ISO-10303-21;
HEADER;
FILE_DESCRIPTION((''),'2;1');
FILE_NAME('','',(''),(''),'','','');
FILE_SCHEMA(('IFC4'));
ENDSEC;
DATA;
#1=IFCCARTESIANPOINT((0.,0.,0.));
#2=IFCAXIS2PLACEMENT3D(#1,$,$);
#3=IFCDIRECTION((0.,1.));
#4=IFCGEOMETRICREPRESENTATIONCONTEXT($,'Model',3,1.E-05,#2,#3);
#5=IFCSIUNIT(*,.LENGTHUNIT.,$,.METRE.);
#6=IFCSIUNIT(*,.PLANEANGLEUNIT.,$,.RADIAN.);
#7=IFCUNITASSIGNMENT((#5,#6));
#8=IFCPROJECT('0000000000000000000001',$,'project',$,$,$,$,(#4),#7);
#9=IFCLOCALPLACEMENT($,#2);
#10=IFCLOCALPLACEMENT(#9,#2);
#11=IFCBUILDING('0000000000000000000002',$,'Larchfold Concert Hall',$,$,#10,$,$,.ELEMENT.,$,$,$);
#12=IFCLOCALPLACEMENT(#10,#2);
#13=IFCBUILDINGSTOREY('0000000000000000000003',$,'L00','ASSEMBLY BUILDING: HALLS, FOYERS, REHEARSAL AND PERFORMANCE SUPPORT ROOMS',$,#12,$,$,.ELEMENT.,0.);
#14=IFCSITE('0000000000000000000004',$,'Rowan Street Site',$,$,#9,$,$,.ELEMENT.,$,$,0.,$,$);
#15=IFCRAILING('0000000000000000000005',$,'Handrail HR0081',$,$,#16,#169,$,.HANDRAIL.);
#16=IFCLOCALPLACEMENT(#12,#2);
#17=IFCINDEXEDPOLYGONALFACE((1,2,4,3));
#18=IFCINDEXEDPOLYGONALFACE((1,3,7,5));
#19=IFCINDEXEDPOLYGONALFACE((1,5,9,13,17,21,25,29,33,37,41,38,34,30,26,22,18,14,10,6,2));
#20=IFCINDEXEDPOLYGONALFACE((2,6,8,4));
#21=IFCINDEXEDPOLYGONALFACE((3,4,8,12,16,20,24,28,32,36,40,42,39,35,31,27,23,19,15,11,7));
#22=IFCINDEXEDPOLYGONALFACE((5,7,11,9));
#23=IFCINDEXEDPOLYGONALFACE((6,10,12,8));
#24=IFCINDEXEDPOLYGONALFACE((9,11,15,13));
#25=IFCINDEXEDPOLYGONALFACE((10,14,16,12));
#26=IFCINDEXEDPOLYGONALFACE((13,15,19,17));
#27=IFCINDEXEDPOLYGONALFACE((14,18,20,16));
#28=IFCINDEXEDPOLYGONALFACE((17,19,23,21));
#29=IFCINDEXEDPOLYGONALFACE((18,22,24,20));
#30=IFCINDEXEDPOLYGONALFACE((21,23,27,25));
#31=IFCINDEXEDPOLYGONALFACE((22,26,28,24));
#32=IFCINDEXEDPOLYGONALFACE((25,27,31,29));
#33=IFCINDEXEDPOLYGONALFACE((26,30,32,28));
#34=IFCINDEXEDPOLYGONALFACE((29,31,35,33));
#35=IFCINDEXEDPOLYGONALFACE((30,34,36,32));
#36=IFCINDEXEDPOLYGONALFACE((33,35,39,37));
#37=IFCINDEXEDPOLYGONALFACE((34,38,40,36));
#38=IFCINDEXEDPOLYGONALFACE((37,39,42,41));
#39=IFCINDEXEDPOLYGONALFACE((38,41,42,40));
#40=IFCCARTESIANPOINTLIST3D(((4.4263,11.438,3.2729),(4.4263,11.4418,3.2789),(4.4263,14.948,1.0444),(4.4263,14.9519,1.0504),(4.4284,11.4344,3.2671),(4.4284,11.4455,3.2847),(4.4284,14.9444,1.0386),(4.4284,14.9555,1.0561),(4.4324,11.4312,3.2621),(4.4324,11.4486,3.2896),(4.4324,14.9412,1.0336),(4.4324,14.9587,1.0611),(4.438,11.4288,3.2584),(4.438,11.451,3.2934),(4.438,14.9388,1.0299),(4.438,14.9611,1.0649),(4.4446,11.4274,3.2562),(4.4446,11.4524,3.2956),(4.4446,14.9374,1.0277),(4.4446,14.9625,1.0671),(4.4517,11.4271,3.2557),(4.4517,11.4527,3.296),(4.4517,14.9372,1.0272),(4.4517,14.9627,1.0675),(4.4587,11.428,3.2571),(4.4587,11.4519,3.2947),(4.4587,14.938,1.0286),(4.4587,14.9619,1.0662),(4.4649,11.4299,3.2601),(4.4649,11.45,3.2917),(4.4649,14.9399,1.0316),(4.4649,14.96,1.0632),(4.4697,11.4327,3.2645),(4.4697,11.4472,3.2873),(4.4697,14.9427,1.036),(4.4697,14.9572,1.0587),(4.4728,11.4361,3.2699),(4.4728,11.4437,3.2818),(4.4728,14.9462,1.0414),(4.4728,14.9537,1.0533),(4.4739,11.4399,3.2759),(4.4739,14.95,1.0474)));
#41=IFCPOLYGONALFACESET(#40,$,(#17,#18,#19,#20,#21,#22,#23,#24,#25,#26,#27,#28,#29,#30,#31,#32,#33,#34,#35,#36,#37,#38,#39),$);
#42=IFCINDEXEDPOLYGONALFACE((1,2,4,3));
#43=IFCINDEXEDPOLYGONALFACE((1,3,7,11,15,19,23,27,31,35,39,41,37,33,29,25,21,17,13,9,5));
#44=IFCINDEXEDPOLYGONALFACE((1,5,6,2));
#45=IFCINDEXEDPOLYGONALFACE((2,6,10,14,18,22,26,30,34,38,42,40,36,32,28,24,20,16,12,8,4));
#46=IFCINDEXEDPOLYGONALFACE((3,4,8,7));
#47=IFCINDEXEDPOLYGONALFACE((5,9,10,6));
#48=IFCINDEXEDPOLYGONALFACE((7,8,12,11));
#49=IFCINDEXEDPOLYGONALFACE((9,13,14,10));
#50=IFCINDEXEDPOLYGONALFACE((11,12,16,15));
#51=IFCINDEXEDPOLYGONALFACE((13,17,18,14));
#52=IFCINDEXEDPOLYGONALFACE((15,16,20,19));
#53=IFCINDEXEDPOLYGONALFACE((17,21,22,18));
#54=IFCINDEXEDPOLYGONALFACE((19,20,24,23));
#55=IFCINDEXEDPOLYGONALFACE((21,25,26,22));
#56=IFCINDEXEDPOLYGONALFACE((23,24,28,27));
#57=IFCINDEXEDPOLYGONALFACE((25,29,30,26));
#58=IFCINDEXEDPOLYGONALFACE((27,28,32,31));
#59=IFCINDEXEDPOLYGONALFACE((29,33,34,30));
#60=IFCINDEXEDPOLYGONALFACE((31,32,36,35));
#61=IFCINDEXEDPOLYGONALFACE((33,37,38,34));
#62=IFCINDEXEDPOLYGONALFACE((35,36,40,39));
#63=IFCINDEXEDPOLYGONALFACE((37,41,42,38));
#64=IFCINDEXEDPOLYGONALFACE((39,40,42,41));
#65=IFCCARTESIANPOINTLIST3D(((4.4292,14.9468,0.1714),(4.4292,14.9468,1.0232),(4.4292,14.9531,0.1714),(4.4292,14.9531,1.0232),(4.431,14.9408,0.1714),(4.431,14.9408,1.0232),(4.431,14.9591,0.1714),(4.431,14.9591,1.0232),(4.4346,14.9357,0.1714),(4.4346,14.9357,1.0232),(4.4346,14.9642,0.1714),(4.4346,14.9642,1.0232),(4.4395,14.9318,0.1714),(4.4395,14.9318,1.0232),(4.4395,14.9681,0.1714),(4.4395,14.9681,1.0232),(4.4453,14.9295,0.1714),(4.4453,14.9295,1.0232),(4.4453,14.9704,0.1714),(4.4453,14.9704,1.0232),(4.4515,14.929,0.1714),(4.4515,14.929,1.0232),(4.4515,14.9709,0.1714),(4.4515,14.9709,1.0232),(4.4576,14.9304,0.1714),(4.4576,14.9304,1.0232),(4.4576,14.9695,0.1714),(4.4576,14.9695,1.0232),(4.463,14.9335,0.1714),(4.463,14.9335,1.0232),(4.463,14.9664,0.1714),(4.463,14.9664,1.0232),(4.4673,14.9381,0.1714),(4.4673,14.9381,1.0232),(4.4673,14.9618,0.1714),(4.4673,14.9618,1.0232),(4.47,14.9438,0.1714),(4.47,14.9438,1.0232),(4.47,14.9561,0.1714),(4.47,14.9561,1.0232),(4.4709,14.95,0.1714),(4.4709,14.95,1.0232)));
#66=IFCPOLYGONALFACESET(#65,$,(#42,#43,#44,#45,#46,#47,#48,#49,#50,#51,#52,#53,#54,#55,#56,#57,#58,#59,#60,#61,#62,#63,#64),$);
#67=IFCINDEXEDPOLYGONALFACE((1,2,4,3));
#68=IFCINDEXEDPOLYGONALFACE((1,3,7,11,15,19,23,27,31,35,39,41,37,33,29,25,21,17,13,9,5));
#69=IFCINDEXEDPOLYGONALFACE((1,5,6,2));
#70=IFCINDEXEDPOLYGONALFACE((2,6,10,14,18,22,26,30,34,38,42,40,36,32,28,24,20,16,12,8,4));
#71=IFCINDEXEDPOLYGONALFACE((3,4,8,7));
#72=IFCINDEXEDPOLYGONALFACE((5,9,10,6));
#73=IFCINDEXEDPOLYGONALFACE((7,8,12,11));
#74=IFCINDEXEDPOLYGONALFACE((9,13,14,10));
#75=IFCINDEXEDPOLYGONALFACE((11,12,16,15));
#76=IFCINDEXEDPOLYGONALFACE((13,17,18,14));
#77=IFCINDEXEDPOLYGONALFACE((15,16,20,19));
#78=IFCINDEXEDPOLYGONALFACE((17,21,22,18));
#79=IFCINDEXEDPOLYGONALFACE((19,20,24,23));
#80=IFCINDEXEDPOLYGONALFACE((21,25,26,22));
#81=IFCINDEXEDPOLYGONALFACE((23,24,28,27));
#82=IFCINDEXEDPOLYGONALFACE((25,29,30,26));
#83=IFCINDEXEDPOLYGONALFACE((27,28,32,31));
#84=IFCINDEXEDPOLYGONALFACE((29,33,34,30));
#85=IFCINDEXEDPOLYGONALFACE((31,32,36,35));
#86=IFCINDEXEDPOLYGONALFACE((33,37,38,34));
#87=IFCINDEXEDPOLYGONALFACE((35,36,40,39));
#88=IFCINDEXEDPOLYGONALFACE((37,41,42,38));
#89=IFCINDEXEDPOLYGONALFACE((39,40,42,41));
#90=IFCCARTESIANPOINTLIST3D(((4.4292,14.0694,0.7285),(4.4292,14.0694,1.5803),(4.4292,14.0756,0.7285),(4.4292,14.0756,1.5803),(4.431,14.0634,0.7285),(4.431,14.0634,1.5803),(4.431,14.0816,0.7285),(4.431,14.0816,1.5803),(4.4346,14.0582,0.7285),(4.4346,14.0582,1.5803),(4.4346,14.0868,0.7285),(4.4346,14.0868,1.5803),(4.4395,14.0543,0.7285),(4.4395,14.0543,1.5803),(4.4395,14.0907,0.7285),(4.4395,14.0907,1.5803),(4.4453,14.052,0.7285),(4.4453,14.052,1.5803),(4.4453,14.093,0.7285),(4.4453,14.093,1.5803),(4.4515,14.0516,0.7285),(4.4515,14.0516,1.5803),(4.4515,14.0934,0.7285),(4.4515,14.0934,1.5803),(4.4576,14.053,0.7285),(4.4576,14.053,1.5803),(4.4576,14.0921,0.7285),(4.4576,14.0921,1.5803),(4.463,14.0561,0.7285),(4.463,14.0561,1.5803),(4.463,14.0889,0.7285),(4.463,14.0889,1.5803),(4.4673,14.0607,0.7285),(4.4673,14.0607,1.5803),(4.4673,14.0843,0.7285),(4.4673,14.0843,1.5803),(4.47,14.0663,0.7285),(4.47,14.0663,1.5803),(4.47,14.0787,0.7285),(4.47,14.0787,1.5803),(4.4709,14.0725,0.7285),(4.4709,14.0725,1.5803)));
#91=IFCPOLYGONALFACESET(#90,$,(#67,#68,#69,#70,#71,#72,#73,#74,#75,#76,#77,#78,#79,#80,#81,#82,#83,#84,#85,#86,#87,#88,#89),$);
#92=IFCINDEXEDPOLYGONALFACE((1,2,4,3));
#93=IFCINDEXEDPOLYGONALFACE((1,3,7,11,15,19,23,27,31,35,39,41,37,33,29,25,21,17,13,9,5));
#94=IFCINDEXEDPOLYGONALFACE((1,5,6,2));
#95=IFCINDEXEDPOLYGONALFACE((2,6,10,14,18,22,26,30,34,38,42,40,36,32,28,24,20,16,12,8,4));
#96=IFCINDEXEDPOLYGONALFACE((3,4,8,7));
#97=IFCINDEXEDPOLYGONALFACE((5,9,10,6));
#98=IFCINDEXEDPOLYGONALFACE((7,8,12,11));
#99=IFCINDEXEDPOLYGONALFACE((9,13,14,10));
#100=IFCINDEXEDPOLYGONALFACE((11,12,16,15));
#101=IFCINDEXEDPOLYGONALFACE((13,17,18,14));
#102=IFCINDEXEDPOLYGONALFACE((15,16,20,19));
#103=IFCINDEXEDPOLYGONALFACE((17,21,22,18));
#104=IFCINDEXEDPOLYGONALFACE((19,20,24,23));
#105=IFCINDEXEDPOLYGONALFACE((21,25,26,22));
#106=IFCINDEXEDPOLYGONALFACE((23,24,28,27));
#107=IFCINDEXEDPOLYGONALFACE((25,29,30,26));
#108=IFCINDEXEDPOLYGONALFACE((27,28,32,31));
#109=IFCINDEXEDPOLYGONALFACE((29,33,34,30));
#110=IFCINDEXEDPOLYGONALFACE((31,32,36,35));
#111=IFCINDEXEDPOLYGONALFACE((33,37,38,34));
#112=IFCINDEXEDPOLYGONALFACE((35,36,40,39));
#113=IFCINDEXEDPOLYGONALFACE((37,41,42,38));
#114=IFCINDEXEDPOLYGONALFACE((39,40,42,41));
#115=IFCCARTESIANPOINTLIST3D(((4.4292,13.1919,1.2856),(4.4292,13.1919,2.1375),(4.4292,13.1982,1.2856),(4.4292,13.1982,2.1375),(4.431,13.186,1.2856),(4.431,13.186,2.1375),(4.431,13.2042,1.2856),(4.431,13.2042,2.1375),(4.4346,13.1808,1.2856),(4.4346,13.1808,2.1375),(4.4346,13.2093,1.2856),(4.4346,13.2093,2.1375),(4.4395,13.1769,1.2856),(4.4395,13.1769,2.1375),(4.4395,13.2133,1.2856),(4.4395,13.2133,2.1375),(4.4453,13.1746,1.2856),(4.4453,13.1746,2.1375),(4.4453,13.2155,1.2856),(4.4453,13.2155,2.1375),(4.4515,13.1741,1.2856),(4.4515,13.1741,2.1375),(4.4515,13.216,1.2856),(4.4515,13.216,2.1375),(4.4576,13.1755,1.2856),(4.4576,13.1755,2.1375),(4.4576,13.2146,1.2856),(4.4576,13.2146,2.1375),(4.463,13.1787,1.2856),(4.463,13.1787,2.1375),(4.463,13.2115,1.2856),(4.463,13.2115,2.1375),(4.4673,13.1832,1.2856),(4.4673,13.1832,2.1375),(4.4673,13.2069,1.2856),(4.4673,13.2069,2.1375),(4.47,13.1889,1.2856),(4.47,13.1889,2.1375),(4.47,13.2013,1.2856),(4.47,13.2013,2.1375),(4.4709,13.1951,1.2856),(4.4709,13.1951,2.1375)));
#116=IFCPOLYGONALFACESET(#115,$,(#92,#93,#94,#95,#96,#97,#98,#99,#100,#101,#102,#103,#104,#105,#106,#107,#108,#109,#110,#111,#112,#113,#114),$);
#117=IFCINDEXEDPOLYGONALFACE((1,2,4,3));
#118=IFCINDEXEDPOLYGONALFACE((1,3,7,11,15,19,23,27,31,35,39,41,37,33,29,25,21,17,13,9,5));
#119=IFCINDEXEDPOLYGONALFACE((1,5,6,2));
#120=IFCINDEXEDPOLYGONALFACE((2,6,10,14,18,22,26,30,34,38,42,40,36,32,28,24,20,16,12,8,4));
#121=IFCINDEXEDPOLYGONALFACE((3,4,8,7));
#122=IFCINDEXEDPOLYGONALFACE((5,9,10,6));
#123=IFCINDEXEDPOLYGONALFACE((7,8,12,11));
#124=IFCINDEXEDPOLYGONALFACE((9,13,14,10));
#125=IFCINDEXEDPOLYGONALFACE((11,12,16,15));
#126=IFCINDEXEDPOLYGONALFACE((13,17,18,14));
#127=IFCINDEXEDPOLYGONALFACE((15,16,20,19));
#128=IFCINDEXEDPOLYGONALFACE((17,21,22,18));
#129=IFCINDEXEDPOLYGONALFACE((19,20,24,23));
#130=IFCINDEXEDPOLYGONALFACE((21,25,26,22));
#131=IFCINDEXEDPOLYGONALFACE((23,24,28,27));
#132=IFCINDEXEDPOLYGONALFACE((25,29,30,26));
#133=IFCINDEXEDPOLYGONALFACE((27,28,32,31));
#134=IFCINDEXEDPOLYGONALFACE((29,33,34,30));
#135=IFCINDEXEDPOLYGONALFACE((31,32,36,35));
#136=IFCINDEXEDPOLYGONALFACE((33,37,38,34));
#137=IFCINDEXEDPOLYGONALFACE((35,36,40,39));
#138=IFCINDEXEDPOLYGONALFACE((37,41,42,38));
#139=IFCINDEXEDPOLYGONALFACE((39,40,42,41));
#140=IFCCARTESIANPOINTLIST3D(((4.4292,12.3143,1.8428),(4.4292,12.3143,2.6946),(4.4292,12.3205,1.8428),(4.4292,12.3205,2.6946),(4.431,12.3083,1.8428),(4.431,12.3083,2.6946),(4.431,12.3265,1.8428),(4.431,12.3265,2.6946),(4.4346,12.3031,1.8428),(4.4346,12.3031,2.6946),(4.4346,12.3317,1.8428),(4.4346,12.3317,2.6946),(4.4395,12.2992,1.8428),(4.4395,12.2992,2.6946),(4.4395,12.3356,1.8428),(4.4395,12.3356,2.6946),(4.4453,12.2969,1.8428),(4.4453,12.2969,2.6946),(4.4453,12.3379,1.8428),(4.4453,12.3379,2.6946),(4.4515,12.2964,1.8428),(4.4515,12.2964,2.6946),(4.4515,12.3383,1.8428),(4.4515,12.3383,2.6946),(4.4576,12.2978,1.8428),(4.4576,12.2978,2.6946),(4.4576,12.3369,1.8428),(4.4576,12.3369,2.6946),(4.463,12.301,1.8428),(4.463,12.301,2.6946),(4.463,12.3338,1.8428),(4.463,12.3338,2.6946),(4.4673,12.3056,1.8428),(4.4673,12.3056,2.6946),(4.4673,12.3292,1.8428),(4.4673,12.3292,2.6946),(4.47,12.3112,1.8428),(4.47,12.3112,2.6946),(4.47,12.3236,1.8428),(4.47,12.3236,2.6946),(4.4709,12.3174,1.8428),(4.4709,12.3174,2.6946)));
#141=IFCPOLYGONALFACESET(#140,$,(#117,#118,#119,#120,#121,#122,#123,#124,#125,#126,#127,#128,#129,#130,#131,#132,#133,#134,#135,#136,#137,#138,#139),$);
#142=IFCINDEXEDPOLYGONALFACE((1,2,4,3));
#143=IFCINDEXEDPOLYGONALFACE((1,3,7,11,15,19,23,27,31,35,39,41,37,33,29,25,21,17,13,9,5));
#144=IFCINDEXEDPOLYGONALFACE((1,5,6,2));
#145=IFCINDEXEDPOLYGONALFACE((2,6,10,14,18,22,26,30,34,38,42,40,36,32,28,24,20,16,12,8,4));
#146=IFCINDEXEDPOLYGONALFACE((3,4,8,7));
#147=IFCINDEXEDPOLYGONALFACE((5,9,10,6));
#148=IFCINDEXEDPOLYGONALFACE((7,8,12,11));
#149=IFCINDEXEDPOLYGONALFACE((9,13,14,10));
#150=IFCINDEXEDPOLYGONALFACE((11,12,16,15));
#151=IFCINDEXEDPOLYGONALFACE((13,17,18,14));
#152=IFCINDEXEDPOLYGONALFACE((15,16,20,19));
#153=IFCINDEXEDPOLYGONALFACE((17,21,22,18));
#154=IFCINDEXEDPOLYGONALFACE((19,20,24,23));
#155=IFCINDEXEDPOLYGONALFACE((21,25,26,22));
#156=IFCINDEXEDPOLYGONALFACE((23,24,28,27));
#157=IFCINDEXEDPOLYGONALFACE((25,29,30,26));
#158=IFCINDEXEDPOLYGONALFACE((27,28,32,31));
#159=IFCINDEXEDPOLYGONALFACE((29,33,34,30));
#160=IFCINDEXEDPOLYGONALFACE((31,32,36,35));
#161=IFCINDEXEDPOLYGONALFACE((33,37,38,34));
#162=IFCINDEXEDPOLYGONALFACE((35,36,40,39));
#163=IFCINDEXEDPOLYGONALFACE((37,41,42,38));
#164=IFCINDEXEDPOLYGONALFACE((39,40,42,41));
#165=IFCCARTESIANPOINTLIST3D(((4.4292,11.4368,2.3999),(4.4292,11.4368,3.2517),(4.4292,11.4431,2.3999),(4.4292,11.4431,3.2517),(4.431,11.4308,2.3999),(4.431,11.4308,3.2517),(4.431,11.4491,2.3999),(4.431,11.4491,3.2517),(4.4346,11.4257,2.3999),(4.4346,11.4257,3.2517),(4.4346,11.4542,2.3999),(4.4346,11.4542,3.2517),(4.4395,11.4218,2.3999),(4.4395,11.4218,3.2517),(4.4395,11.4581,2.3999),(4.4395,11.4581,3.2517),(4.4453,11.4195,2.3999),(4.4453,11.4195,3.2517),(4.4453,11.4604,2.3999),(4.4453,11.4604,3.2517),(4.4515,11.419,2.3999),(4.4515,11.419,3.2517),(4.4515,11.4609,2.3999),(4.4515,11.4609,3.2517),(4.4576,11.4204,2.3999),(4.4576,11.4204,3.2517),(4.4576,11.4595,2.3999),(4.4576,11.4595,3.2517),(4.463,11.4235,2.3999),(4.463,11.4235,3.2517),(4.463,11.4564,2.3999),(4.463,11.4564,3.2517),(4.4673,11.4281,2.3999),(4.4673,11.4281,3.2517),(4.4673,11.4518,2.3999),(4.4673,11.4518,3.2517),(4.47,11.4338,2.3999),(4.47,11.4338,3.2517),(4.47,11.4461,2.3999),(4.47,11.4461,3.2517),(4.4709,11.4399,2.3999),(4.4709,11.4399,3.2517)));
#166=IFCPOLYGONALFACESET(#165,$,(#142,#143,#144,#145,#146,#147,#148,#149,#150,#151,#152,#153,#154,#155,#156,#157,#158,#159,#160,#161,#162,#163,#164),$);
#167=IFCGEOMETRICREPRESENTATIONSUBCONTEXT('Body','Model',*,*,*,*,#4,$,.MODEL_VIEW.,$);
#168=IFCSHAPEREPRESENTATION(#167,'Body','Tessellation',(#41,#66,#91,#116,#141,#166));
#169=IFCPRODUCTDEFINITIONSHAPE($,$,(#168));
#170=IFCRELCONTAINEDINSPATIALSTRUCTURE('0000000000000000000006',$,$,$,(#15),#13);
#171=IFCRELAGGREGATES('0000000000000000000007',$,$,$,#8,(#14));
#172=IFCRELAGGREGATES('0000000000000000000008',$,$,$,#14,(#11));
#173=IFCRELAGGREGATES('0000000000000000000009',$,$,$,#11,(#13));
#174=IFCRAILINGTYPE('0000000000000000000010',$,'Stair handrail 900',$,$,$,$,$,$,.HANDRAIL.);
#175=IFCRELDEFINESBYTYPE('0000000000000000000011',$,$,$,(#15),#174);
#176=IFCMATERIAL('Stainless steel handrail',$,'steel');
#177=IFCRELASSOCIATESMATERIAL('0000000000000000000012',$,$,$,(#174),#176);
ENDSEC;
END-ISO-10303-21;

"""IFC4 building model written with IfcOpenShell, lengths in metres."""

from ifc_helpers import new_model, si_unit, direction, frame, origin, origin_2d, place, context, subcontext, project, spatial, circle, extrude, material, type_object, element, save


model = new_model("IFC4")

# Units and contexts
model_context = context("Model", 3, precision=1e-05, world=origin(), true_north=direction((0.0, 1.0)))
body_context = subcontext(model_context, "Body", "Model", "MODEL_VIEW")
ifc_project = project(units=[si_unit("LENGTHUNIT", "METRE"), si_unit("PLANEANGLEUNIT", "RADIAN")], contexts=[model_context])

# Site, building, storey
site_placement = place(None, origin())
site = spatial("IfcSite", under=ifc_project, at=site_placement, Name="Rowan Street Site", CompositionType="ELEMENT", RefElevation=0.0)
building_placement = place(site_placement, origin())
building = spatial("IfcBuilding", under=site, at=building_placement, Name="Larchfold Concert Hall", CompositionType="ELEMENT")
storey_placement = place(building_placement, origin())
storey = spatial("IfcBuildingStorey", under=building, at=storey_placement, Name="L00", Description="ASSEMBLY BUILDING: HALLS, FOYERS, REHEARSAL AND PERFORMANCE SUPPORT ROOMS", CompositionType="ELEMENT", Elevation=0.0)

# Railing
ifc_material_1 = material(Name="Stainless steel handrail", Category="steel")
railing_type_1 = type_object("IfcRailingType", Name="Stair handrail 900", PredefinedType="HANDRAIL", material=ifc_material_1)
railing_1_placement = place(storey_placement, frame((4.45, 14.95, 0.1714)))
element("IfcRailing", 1, at=railing_1_placement, inside=storey, type_object=railing_type_1, Name="Handrail HR0081", PredefinedType="HANDRAIL", context=body_context, shape_type="SweptSolid", body=[
    extrude(circle(Radius=0.0239, at=origin_2d()), frame((0.0, 0.0, 0.876), z_axis=(0.0, -0.84422, 0.535998), x_axis=(1.0, 0.0, 0.0)), (0.0, 0.0, 1.0), 4.1577),
    extrude(circle(Radius=0.021, at=origin_2d()), origin(), (0.0, 0.0, 1.0), 0.8518),
    extrude(circle(Radius=0.021, at=origin_2d()), frame((0.0, -0.8774, 0.5571)), (0.0, 0.0, 1.0), 0.8518),
    extrude(circle(Radius=0.021, at=origin_2d()), frame((0.0, -1.7549, 1.1143)), (0.0, 0.0, 1.0), 0.8518),
    extrude(circle(Radius=0.021, at=origin_2d()), frame((0.0, -2.6326, 1.6714)), (0.0, 0.0, 1.0), 0.8518),
    extrude(circle(Radius=0.021, at=origin_2d()), frame((0.0, -3.51, 2.2285)), (0.0, 0.0, 1.0), 0.8518),
])

save(model, "model.ifc")
